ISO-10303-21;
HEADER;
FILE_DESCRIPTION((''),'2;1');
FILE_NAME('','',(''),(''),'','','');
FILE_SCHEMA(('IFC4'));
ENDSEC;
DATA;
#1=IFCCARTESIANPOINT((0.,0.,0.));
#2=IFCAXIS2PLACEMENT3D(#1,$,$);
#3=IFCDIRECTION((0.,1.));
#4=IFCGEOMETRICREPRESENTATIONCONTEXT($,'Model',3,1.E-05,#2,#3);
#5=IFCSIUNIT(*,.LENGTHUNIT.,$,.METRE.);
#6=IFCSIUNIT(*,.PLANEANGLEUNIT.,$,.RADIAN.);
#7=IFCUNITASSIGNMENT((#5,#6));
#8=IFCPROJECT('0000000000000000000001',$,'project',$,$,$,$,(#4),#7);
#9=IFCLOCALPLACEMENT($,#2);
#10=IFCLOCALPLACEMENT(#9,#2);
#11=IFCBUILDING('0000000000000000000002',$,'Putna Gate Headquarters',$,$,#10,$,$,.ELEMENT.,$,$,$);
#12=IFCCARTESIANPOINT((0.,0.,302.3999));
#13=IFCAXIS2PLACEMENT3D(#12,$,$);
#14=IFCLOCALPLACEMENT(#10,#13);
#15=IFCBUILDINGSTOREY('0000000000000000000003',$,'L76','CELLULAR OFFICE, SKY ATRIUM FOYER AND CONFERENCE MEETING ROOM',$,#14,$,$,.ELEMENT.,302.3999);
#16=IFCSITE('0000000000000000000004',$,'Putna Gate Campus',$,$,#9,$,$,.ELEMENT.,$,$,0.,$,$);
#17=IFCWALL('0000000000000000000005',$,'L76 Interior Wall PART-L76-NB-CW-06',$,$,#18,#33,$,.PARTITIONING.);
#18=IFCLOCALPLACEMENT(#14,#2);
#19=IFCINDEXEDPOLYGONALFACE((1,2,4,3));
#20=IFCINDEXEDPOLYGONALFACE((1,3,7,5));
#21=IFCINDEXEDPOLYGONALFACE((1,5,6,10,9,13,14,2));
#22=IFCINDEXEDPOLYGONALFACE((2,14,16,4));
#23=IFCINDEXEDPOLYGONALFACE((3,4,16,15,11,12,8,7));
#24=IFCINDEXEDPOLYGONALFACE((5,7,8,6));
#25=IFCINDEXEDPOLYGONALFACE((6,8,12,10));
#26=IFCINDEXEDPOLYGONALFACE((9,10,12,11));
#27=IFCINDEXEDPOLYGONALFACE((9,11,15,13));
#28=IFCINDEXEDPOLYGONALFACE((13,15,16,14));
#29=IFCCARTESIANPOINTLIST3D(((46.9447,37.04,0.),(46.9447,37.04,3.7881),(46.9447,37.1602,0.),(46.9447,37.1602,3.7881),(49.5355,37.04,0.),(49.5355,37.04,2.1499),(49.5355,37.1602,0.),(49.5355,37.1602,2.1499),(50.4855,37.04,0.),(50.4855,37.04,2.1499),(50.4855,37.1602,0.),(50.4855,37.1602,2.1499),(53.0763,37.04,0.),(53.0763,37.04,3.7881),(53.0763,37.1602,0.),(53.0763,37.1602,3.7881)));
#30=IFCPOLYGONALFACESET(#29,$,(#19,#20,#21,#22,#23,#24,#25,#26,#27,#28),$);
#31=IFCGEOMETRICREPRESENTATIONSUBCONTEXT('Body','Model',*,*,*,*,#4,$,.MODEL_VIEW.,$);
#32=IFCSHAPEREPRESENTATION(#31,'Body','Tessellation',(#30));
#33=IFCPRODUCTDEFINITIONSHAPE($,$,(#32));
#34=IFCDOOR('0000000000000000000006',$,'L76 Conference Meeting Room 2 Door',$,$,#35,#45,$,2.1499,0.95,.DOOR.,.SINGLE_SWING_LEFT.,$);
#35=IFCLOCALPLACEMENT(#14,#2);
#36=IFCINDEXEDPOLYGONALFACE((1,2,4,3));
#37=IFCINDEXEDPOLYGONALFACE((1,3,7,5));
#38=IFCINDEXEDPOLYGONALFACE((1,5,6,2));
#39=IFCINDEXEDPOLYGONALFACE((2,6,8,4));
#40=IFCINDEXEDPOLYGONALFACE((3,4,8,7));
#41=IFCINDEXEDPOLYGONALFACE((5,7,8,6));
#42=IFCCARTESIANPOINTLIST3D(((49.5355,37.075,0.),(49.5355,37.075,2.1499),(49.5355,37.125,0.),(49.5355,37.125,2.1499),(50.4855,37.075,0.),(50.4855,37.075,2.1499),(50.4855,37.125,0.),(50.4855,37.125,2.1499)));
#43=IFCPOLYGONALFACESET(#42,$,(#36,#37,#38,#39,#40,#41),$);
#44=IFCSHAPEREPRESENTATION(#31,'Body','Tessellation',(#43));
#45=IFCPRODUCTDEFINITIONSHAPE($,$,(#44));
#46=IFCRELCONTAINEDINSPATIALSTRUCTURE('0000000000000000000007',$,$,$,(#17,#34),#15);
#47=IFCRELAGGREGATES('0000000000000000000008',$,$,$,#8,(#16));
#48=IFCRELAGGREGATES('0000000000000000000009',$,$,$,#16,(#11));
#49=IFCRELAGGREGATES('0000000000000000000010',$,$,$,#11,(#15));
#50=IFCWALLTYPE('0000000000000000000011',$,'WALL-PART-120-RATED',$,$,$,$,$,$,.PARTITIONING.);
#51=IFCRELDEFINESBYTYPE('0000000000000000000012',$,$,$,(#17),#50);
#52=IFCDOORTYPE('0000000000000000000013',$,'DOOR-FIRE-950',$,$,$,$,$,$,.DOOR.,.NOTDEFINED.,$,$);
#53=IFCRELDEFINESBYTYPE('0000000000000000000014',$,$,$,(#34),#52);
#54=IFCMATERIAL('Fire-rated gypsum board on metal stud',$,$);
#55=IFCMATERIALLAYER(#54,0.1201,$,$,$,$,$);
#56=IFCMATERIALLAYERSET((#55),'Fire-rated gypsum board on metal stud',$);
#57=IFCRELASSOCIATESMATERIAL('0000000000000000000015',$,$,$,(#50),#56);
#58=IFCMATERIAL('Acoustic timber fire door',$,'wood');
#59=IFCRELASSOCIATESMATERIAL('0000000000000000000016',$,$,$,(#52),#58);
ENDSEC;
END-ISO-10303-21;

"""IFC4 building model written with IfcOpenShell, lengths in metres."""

from ifc_helpers import new_model, si_unit, direction, frame, frame_2d, origin, place, context, subcontext, project, spatial, rectangle, extrude, material, layer, layer_set, type_object, element, fill, save


model = new_model("IFC4")

# Units and contexts
model_context = context("Model", 3, precision=1e-05, world=origin(), true_north=direction((0.0, 1.0)))
body_context = subcontext(model_context, "Body", "Model", "MODEL_VIEW")
ifc_project = project(units=[si_unit("LENGTHUNIT", "METRE"), si_unit("PLANEANGLEUNIT", "RADIAN")], contexts=[model_context])

# Site, building, storey
site_placement = place(None, origin())
site = spatial("IfcSite", under=ifc_project, at=site_placement, Name="Putna Gate Campus", CompositionType="ELEMENT", RefElevation=0.0)
building_placement = place(site_placement, origin())
building = spatial("IfcBuilding", under=site, at=building_placement, Name="Putna Gate Headquarters", CompositionType="ELEMENT")
storey_placement = place(building_placement, frame((0.0, 0.0, 302.3999)))
storey = spatial("IfcBuildingStorey", under=building, at=storey_placement, Name="L76", Description="CELLULAR OFFICE, SKY ATRIUM FOYER AND CONFERENCE MEETING ROOM", CompositionType="ELEMENT", Elevation=302.3999)

# Wall, opening, door
ifc_material_1 = material(Name="Fire-rated gypsum board on metal stud")
ifc_layer_1 = layer(ifc_material_1, 0.1201)
ifc_layer_set_1 = layer_set([ifc_layer_1], Name="Fire-rated gypsum board on metal stud")
wall_type_1 = type_object("IfcWallType", Name="WALL-PART-120-RATED", PredefinedType="PARTITIONING", material=ifc_layer_set_1)
ifc_material_2 = material(Name="Acoustic timber fire door", Category="wood")
door_type_1 = type_object("IfcDoorType", Name="DOOR-FIRE-950", OperationType="NOTDEFINED", PredefinedType="DOOR", material=ifc_material_2)
wall_1_placement = place(storey_placement, frame((46.9446, 37.1001, 0.0), z_axis=(0.0, 0.0, 1.0), x_axis=(1.0, 0.0, 0.0)))
wall_1 = element("IfcWall", 1, at=wall_1_placement, inside=storey, type_object=wall_type_1, Name="L76 Interior Wall PART-L76-NB-CW-06", PredefinedType="PARTITIONING", context=body_context, shape_type="SweptSolid", body=[
    extrude(rectangle(XDim=6.1316, YDim=0.1201, at=frame_2d((3.0659, 0.0))), origin(), (0.0, 0.0, 1.0), 3.7881),
])
opening_1_placement = place(wall_1_placement, frame((2.5908, 0.0, 0.0)))
opening_1 = element("IfcOpeningElement", 2, at=opening_1_placement, cuts=wall_1, PredefinedType="OPENING", context=body_context, shape_type="SweptSolid", body=[
    extrude(rectangle(XDim=0.95, YDim=2.1499, at=frame_2d((0.4751, 1.075))), frame((0.0, 0.0701, 0.0), z_axis=(0.0, -1.0, 0.0), x_axis=(1.0, 0.0, 0.0)), (0.0, 0.0, 1.0), 0.1401),
])
door_1_placement = place(opening_1_placement, origin())
door_1 = element("IfcDoor", 3, at=door_1_placement, inside=storey, type_object=door_type_1, Name="L76 Conference Meeting Room 2 Door", OperationType="SINGLE_SWING_LEFT", OverallHeight=2.1499, OverallWidth=0.95, PredefinedType="DOOR", context=body_context, shape_type="SweptSolid", body=[
    extrude(rectangle(XDim=0.95, YDim=2.1499, at=frame_2d((0.4751, 1.075))), frame((0.0, 0.0249, 0.0), z_axis=(0.0, -1.0, 0.0), x_axis=(1.0, 0.0, 0.0)), (0.0, 0.0, 1.0), 0.05),
])
fill(opening_1, door_1)

save(model, "model.ifc")
